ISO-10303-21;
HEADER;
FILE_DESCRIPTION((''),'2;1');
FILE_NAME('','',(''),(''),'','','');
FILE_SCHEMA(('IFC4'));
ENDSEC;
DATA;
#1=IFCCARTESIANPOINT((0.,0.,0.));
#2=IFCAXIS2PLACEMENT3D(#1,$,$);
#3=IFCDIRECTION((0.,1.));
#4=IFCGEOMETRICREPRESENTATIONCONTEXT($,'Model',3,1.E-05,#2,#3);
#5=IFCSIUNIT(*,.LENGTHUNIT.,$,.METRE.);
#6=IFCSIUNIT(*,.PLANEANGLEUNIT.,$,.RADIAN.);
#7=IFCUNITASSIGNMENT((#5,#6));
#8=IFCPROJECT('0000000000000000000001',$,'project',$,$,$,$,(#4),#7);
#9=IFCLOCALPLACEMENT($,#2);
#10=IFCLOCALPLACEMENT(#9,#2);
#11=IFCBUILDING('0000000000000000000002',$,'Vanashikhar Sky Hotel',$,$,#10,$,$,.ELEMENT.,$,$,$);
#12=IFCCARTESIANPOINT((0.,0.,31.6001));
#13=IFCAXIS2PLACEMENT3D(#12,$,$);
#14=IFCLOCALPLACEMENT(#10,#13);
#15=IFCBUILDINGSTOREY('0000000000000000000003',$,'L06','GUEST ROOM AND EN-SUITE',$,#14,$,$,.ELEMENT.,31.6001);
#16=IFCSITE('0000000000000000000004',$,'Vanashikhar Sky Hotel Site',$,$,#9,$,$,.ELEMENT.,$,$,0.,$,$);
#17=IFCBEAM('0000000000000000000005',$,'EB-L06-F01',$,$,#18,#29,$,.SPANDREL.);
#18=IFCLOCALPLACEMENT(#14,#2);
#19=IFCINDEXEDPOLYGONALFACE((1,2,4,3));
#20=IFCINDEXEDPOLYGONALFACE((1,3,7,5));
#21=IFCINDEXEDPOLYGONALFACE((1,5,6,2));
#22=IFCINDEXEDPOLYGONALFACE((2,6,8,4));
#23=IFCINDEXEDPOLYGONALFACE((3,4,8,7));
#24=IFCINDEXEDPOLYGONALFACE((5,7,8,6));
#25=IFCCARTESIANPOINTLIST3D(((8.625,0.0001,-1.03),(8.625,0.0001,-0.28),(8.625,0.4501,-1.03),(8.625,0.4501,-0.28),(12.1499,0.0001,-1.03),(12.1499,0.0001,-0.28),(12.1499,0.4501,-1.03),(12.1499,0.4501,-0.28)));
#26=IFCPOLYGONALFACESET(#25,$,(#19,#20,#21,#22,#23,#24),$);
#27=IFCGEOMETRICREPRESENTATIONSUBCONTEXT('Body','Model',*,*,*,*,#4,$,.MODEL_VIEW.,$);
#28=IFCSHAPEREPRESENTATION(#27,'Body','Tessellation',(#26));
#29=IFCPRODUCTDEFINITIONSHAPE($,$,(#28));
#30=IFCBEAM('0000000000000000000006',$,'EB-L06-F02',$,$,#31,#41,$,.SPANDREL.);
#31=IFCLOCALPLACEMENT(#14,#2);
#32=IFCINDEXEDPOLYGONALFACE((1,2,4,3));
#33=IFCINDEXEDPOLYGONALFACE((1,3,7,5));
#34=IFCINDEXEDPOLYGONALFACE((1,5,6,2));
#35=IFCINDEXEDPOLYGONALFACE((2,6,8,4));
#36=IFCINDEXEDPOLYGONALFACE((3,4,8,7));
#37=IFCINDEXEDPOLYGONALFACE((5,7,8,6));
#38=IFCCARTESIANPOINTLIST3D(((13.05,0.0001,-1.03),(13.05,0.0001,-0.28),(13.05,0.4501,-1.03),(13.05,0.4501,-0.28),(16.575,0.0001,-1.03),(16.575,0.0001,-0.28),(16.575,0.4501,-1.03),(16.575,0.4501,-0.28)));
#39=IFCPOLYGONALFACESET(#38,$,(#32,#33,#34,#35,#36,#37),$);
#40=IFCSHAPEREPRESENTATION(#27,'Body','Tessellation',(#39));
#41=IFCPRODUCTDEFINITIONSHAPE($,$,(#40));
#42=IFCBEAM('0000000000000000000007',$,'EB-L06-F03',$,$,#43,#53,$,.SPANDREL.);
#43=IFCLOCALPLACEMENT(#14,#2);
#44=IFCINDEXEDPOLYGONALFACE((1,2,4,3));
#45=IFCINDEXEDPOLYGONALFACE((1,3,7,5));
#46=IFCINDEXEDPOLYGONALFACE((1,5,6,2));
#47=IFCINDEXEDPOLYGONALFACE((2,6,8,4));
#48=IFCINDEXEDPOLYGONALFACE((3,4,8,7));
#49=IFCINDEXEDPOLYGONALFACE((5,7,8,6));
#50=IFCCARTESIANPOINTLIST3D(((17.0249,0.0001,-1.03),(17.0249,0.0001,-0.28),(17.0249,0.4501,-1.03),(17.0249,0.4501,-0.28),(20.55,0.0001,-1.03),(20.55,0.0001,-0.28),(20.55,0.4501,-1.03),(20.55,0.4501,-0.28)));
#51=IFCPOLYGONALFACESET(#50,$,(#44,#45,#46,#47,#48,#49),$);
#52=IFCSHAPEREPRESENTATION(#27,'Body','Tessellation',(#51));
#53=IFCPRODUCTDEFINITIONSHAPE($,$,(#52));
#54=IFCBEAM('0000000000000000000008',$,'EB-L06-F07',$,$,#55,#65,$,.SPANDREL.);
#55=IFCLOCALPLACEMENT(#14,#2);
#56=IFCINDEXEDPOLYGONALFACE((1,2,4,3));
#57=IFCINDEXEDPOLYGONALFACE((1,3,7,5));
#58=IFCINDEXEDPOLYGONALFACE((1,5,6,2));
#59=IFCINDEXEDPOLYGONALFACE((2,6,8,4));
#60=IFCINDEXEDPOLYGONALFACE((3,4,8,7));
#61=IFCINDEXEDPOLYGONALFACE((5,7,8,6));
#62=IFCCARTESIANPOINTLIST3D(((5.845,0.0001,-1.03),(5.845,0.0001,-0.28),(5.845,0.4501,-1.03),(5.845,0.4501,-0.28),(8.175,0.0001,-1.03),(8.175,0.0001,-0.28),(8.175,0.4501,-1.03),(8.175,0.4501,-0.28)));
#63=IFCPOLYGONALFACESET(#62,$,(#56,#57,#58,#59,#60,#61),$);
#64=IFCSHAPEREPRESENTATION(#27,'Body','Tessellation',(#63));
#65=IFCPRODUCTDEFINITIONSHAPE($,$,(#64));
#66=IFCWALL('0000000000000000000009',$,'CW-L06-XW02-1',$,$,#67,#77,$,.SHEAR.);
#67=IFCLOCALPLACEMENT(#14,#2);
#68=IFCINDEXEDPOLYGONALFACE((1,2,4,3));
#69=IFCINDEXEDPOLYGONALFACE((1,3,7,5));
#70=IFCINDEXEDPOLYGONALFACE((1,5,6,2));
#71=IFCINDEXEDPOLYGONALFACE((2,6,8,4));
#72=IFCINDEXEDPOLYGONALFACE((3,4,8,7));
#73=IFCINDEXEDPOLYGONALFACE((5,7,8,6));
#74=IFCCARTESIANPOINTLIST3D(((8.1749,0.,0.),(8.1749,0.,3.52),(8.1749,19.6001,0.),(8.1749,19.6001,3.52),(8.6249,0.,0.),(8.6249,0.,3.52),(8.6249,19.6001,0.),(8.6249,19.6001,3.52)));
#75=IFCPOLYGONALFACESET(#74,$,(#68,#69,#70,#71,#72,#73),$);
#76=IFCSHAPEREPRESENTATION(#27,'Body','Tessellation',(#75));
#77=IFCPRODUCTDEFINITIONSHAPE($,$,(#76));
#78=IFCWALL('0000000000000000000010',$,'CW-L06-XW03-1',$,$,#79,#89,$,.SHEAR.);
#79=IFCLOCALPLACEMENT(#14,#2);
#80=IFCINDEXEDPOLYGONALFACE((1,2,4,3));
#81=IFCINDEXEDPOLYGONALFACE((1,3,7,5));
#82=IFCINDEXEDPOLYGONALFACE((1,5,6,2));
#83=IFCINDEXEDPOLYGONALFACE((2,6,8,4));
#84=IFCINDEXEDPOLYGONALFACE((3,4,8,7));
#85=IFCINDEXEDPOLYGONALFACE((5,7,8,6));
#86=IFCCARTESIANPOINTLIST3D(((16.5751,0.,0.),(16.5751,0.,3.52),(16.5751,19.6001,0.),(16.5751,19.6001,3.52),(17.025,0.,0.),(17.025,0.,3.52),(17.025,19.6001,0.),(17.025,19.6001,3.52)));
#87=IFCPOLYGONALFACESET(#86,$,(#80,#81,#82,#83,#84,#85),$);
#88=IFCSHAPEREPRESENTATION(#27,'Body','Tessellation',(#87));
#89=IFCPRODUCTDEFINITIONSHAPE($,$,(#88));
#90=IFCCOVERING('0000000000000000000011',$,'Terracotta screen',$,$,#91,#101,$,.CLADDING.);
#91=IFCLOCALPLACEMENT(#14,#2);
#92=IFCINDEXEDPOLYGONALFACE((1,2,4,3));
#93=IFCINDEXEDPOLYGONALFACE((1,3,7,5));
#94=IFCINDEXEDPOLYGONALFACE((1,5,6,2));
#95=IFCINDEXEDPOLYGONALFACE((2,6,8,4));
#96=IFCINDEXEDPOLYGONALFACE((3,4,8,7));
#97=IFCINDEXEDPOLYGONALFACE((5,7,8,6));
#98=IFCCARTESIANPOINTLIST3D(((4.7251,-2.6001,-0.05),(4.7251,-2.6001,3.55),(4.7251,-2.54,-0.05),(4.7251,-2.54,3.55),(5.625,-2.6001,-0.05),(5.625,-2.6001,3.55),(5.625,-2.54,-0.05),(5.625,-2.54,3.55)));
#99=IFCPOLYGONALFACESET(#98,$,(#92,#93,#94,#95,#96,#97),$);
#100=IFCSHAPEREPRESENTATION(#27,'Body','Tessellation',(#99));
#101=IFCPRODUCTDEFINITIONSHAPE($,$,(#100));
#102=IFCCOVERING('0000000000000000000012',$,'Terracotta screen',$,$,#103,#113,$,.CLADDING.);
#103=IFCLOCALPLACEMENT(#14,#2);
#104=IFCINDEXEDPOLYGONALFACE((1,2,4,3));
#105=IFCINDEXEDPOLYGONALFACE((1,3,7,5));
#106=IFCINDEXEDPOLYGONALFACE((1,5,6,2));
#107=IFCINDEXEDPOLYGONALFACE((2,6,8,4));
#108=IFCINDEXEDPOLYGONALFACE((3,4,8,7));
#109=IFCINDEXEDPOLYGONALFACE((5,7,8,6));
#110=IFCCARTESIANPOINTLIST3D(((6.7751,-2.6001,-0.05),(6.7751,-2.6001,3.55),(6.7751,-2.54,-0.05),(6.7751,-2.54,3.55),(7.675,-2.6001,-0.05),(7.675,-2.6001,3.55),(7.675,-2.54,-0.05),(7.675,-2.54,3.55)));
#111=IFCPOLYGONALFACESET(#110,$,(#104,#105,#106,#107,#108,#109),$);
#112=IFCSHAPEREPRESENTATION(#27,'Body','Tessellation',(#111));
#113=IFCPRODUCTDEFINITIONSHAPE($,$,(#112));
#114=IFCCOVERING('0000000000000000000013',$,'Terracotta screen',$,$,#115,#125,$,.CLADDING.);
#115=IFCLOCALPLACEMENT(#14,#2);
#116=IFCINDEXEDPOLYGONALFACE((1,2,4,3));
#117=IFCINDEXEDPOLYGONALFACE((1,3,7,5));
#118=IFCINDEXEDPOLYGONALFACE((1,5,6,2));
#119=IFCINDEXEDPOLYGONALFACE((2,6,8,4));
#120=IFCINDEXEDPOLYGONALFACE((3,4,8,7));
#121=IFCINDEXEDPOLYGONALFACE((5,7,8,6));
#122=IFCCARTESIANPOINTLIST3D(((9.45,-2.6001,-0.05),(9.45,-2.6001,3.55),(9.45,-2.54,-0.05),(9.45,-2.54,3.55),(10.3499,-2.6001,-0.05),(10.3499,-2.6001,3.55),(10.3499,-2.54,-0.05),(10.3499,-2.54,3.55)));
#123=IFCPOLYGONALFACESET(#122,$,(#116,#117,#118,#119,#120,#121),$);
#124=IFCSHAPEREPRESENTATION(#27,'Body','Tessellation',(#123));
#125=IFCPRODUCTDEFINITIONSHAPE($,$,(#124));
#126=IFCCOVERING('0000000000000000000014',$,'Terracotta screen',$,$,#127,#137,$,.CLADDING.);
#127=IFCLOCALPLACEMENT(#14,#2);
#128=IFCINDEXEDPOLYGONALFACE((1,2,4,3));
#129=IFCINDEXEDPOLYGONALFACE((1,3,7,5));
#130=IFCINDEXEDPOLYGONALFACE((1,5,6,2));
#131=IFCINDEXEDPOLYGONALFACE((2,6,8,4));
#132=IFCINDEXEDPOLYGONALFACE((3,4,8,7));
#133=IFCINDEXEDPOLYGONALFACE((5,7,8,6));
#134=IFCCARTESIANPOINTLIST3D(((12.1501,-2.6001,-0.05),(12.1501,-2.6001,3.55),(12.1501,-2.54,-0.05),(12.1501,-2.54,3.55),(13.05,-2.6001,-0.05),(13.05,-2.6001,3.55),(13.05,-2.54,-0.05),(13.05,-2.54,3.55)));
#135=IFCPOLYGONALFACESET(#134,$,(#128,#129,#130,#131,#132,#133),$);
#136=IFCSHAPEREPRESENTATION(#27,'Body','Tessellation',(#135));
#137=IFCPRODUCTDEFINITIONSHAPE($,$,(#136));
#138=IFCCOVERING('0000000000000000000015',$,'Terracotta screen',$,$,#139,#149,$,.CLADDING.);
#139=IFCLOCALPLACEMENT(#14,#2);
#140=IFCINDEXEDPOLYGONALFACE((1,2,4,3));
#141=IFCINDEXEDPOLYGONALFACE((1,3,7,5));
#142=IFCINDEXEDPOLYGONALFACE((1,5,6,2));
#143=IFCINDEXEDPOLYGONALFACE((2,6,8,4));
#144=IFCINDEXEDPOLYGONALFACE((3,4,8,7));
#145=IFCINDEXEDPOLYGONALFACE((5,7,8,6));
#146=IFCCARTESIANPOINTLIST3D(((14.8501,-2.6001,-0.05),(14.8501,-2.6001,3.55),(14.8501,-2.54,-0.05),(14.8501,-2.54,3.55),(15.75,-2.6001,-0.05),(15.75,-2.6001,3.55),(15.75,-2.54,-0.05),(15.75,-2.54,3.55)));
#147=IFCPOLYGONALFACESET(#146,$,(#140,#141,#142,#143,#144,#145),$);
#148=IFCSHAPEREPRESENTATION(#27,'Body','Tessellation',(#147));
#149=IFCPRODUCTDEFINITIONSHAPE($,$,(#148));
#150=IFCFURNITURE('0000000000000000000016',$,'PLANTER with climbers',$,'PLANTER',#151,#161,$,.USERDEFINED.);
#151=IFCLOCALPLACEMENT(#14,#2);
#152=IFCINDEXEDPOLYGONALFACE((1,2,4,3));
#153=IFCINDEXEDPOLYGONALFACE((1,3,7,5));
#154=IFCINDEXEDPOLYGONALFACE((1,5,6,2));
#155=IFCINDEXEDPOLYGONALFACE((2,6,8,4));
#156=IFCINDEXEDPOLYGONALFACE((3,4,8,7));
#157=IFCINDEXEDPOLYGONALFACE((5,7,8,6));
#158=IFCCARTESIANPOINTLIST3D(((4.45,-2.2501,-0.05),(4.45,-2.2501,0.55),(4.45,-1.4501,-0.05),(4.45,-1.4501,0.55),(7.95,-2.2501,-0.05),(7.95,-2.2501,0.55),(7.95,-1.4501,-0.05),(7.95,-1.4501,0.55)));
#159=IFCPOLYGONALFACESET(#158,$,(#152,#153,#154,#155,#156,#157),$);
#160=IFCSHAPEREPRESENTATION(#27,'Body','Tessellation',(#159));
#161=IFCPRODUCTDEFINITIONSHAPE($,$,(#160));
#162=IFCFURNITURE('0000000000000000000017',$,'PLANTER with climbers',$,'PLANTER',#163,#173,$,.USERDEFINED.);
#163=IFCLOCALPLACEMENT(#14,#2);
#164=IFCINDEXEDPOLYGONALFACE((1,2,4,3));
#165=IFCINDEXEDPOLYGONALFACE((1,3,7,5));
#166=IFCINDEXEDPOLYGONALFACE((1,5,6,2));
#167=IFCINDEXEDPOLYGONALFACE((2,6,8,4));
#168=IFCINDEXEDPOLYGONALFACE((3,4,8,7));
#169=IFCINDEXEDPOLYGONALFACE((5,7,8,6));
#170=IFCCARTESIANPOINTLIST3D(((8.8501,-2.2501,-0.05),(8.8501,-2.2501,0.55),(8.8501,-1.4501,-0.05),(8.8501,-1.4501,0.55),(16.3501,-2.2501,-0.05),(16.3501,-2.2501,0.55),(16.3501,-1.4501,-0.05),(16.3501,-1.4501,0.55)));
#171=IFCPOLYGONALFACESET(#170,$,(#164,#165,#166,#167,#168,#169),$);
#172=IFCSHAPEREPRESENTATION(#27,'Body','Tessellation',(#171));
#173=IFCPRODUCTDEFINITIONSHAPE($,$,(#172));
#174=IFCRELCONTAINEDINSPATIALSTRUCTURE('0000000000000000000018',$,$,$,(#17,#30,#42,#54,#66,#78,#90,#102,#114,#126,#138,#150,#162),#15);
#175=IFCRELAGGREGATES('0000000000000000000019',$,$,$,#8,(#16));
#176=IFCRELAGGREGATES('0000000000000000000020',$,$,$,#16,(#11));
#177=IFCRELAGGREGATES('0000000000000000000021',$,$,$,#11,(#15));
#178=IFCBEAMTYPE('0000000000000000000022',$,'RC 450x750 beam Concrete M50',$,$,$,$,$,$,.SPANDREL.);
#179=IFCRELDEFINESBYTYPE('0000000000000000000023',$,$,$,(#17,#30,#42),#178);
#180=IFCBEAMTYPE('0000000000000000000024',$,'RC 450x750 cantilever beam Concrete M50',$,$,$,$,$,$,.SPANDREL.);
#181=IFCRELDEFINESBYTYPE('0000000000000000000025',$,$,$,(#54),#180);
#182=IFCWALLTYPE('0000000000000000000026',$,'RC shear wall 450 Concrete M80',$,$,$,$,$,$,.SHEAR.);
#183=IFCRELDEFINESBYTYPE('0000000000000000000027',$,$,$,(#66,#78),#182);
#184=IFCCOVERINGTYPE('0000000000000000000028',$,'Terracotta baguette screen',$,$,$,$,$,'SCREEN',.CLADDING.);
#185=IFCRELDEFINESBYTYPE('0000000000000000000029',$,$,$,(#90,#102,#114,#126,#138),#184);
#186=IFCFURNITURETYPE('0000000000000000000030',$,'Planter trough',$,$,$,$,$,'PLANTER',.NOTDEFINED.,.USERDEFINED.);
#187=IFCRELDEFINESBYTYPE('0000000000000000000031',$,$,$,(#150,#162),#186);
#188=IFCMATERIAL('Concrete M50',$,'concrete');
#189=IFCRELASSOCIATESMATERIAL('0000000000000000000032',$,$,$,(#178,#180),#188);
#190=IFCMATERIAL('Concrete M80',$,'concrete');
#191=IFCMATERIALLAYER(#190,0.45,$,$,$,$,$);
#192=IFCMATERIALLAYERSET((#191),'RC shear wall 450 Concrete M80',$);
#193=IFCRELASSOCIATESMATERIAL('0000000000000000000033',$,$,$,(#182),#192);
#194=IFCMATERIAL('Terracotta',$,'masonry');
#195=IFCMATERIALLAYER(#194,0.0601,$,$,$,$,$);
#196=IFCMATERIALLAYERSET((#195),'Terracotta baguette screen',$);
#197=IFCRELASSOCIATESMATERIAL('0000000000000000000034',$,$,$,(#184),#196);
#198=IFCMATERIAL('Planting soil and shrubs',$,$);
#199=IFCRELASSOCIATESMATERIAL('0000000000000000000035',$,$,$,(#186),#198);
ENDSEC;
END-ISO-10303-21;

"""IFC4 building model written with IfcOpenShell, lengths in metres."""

from ifc_helpers import new_model, si_unit, direction, frame, frame_2d, origin, origin_2d, place, context, subcontext, project, spatial, rectangle, extrude, source, transform, mapped, material, layer, layer_set, material_profile, profile_set, type_object, element, save


model = new_model("IFC4")

# Units and contexts
model_context = context("Model", 3, precision=1e-05, world=origin(), true_north=direction((0.0, 1.0)))
body_context = subcontext(model_context, "Body", "Model", "MODEL_VIEW")
ifc_project = project(units=[si_unit("LENGTHUNIT", "METRE"), si_unit("PLANEANGLEUNIT", "RADIAN")], contexts=[model_context])

# Site, building, storey
site_placement = place(None, origin())
site = spatial("IfcSite", under=ifc_project, at=site_placement, Name="Vanashikhar Sky Hotel Site", CompositionType="ELEMENT", RefElevation=0.0)
building_placement = place(site_placement, origin())
building = spatial("IfcBuilding", under=site, at=building_placement, Name="Vanashikhar Sky Hotel", CompositionType="ELEMENT")
storey_placement = place(building_placement, frame((0.0, 0.0, 31.6001)))
storey = spatial("IfcBuildingStorey", under=building, at=storey_placement, Name="L06", Description="GUEST ROOM AND EN-SUITE", CompositionType="ELEMENT", Elevation=31.6001)

# Beams
ifc_material_1 = material(Name="Concrete M50", Category="concrete")
ifc_material_profile_1 = material_profile(ifc_material_1, rectangle(XDim=0.45, YDim=0.75, at=origin_2d()))
ifc_profile_set_1 = profile_set([ifc_material_profile_1], Name="RC 450x750 beam Concrete M50")
beam_type_1 = type_object("IfcBeamType", Name="RC 450x750 beam Concrete M50", PredefinedType="SPANDREL", material=ifc_profile_set_1)
shared_shape_1 = source(origin(), body_context, "Body", "SweptSolid", [
    extrude(rectangle(XDim=0.45, YDim=0.75, at=origin_2d()), origin(), (0.0, 0.0, 1.0), 3.5249),
])
for number, where, z_axis, x_axis, name in (
    (1, (8.625, 0.2251, -0.655), (1.0, 0.0, 0.0), (0.0, 1.0, 0.0), "EB-L06-F01"),
    (2, (13.05, 0.2251, -0.655), (1.0, 0.0, 0.0), (0.0, 1.0, 0.0), "EB-L06-F02"),
):
    element("IfcBeam", number, at=place(storey_placement, frame(where, z_axis=z_axis, x_axis=x_axis)), inside=storey, type_object=beam_type_1, Name=name, PredefinedType="SPANDREL", context=body_context, shape_type="MappedRepresentation", body=[
        mapped(shared_shape_1, transform((0.0, 0.0, 0.0), scale=1.0)),
    ])
shared_shape_2 = source(origin(), body_context, "Body", "SweptSolid", [
    extrude(rectangle(XDim=0.45, YDim=0.75, at=origin_2d()), origin(), (0.0, 0.0, 1.0), 3.5251),
])
beam_1_placement = place(storey_placement, frame((17.0249, 0.2251, -0.655), z_axis=(1.0, 0.0, 0.0), x_axis=(0.0, 1.0, 0.0)))
element("IfcBeam", 3, at=beam_1_placement, inside=storey, type_object=beam_type_1, Name="EB-L06-F03", PredefinedType="SPANDREL", context=body_context, shape_type="MappedRepresentation", body=[
    mapped(shared_shape_2, transform((0.0, 0.0, 0.0), scale=1.0)),
])
ifc_material_profile_2 = material_profile(ifc_material_1, rectangle(XDim=0.45, YDim=0.75, at=origin_2d()))
ifc_profile_set_2 = profile_set([ifc_material_profile_2], Name="RC 450x750 cantilever beam Concrete M50")
beam_type_2 = type_object("IfcBeamType", Name="RC 450x750 cantilever beam Concrete M50", PredefinedType="SPANDREL", material=ifc_profile_set_2)
shared_shape_3 = source(origin(), body_context, "Body", "SweptSolid", [
    extrude(rectangle(XDim=0.45, YDim=0.75, at=origin_2d()), origin(), (0.0, 0.0, 1.0), 2.3301),
])
beam_2_placement = place(storey_placement, frame((5.845, 0.2251, -0.655), z_axis=(1.0, 0.0, 0.0), x_axis=(0.0, 1.0, 0.0)))
element("IfcBeam", 4, at=beam_2_placement, inside=storey, type_object=beam_type_2, Name="EB-L06-F07", PredefinedType="SPANDREL", context=body_context, shape_type="MappedRepresentation", body=[
    mapped(shared_shape_3, transform((0.0, 0.0, 0.0), scale=1.0)),
])

# Walls
ifc_material_2 = material(Name="Concrete M80", Category="concrete")
ifc_layer_1 = layer(ifc_material_2, 0.45)
ifc_layer_set_1 = layer_set([ifc_layer_1], Name="RC shear wall 450 Concrete M80")
wall_type = type_object("IfcWallType", Name="RC shear wall 450 Concrete M80", PredefinedType="SHEAR", material=ifc_layer_set_1)
shared_shape_4 = source(origin(), body_context, "Body", "SweptSolid", [
    extrude(rectangle(XDim=19.6001, YDim=0.45, at=frame_2d((9.8, 0.0))), origin(), (0.0, 0.0, 1.0), 3.52),
])
for number, where, z_axis, x_axis, name in (
    (5, (8.3999, 0.0, 0.0), (0.0, 0.0, 1.0), (0.0, 1.0, 0.0), "CW-L06-XW02-1"),
    (6, (16.8, 0.0, 0.0), (0.0, 0.0, 1.0), (0.0, 1.0, 0.0), "CW-L06-XW03-1"),
):
    element("IfcWall", number, at=place(storey_placement, frame(where, z_axis=z_axis, x_axis=x_axis)), inside=storey, type_object=wall_type, Name=name, PredefinedType="SHEAR", context=body_context, shape_type="MappedRepresentation", body=[
        mapped(shared_shape_4, transform((0.0, 0.0, 0.0), scale=1.0)),
    ])

# Coverings
ifc_material_3 = material(Name="Terracotta", Category="masonry")
ifc_layer_2 = layer(ifc_material_3, 0.0601)
ifc_layer_set_2 = layer_set([ifc_layer_2], Name="Terracotta baguette screen")
covering_type = type_object("IfcCoveringType", Name="Terracotta baguette screen", ElementType="SCREEN", PredefinedType="CLADDING", material=ifc_layer_set_2)
shared_shape_5 = source(origin(), body_context, "Body", "SweptSolid", [
    extrude(rectangle(XDim=0.8999, YDim=0.0601, at=origin_2d()), origin(), (0.0, 0.0, 1.0), 3.6001),
])
for number, where, z_axis, x_axis, name in (
    (7, (5.175, -2.5701, -0.05), (0.0, 0.0, 1.0), (1.0, 0.0, 0.0), "Terracotta screen"),
    (8, (7.2251, -2.5701, -0.05), (0.0, 0.0, 1.0), (1.0, 0.0, 0.0), "Terracotta screen"),
    (9, (9.8999, -2.5701, -0.05), (0.0, 0.0, 1.0), (1.0, 0.0, 0.0), "Terracotta screen"),
    (10, (12.6001, -2.5701, -0.05), (0.0, 0.0, 1.0), (1.0, 0.0, 0.0), "Terracotta screen"),
    (11, (15.3, -2.5701, -0.05), (0.0, 0.0, 1.0), (1.0, 0.0, 0.0), "Terracotta screen"),
):
    element("IfcCovering", number, at=place(storey_placement, frame(where, z_axis=z_axis, x_axis=x_axis)), inside=storey, type_object=covering_type, Name=name, PredefinedType="CLADDING", context=body_context, shape_type="MappedRepresentation", body=[
        mapped(shared_shape_5, transform((0.0, 0.0, 0.0), scale=1.0)),
    ])

# Furniture
ifc_material_4 = material(Name="Planting soil and shrubs")
furniture_type = type_object("IfcFurnitureType", Name="Planter trough", ElementType="PLANTER", AssemblyPlace="NOTDEFINED", PredefinedType="USERDEFINED", material=ifc_material_4)
shared_shape_6 = source(origin(), body_context, "Body", "SweptSolid", [
    extrude(rectangle(XDim=3.5, YDim=0.8, at=origin_2d()), origin(), (0.0, 0.0, 1.0), 0.6001),
])
furniture_1_placement = place(storey_placement, frame((6.2, -1.8501, -0.05), z_axis=(0.0, 0.0, 1.0), x_axis=(1.0, 0.0, 0.0)))
element("IfcFurniture", 12, at=furniture_1_placement, inside=storey, type_object=furniture_type, Name="PLANTER with climbers", ObjectType="PLANTER", PredefinedType="USERDEFINED", context=body_context, shape_type="MappedRepresentation", body=[
    mapped(shared_shape_6, transform((0.0, 0.0, 0.0), scale=1.0)),
])
shared_shape_7 = source(origin(), body_context, "Body", "SweptSolid", [
    extrude(rectangle(XDim=7.5, YDim=0.8, at=origin_2d()), origin(), (0.0, 0.0, 1.0), 0.6001),
])
furniture_2_placement = place(storey_placement, frame((12.6001, -1.8501, -0.05), z_axis=(0.0, 0.0, 1.0), x_axis=(1.0, 0.0, 0.0)))
element("IfcFurniture", 13, at=furniture_2_placement, inside=storey, type_object=furniture_type, Name="PLANTER with climbers", ObjectType="PLANTER", PredefinedType="USERDEFINED", context=body_context, shape_type="MappedRepresentation", body=[
    mapped(shared_shape_7, transform((0.0, 0.0, 0.0), scale=1.0)),
])

save(model, "model.ifc")
